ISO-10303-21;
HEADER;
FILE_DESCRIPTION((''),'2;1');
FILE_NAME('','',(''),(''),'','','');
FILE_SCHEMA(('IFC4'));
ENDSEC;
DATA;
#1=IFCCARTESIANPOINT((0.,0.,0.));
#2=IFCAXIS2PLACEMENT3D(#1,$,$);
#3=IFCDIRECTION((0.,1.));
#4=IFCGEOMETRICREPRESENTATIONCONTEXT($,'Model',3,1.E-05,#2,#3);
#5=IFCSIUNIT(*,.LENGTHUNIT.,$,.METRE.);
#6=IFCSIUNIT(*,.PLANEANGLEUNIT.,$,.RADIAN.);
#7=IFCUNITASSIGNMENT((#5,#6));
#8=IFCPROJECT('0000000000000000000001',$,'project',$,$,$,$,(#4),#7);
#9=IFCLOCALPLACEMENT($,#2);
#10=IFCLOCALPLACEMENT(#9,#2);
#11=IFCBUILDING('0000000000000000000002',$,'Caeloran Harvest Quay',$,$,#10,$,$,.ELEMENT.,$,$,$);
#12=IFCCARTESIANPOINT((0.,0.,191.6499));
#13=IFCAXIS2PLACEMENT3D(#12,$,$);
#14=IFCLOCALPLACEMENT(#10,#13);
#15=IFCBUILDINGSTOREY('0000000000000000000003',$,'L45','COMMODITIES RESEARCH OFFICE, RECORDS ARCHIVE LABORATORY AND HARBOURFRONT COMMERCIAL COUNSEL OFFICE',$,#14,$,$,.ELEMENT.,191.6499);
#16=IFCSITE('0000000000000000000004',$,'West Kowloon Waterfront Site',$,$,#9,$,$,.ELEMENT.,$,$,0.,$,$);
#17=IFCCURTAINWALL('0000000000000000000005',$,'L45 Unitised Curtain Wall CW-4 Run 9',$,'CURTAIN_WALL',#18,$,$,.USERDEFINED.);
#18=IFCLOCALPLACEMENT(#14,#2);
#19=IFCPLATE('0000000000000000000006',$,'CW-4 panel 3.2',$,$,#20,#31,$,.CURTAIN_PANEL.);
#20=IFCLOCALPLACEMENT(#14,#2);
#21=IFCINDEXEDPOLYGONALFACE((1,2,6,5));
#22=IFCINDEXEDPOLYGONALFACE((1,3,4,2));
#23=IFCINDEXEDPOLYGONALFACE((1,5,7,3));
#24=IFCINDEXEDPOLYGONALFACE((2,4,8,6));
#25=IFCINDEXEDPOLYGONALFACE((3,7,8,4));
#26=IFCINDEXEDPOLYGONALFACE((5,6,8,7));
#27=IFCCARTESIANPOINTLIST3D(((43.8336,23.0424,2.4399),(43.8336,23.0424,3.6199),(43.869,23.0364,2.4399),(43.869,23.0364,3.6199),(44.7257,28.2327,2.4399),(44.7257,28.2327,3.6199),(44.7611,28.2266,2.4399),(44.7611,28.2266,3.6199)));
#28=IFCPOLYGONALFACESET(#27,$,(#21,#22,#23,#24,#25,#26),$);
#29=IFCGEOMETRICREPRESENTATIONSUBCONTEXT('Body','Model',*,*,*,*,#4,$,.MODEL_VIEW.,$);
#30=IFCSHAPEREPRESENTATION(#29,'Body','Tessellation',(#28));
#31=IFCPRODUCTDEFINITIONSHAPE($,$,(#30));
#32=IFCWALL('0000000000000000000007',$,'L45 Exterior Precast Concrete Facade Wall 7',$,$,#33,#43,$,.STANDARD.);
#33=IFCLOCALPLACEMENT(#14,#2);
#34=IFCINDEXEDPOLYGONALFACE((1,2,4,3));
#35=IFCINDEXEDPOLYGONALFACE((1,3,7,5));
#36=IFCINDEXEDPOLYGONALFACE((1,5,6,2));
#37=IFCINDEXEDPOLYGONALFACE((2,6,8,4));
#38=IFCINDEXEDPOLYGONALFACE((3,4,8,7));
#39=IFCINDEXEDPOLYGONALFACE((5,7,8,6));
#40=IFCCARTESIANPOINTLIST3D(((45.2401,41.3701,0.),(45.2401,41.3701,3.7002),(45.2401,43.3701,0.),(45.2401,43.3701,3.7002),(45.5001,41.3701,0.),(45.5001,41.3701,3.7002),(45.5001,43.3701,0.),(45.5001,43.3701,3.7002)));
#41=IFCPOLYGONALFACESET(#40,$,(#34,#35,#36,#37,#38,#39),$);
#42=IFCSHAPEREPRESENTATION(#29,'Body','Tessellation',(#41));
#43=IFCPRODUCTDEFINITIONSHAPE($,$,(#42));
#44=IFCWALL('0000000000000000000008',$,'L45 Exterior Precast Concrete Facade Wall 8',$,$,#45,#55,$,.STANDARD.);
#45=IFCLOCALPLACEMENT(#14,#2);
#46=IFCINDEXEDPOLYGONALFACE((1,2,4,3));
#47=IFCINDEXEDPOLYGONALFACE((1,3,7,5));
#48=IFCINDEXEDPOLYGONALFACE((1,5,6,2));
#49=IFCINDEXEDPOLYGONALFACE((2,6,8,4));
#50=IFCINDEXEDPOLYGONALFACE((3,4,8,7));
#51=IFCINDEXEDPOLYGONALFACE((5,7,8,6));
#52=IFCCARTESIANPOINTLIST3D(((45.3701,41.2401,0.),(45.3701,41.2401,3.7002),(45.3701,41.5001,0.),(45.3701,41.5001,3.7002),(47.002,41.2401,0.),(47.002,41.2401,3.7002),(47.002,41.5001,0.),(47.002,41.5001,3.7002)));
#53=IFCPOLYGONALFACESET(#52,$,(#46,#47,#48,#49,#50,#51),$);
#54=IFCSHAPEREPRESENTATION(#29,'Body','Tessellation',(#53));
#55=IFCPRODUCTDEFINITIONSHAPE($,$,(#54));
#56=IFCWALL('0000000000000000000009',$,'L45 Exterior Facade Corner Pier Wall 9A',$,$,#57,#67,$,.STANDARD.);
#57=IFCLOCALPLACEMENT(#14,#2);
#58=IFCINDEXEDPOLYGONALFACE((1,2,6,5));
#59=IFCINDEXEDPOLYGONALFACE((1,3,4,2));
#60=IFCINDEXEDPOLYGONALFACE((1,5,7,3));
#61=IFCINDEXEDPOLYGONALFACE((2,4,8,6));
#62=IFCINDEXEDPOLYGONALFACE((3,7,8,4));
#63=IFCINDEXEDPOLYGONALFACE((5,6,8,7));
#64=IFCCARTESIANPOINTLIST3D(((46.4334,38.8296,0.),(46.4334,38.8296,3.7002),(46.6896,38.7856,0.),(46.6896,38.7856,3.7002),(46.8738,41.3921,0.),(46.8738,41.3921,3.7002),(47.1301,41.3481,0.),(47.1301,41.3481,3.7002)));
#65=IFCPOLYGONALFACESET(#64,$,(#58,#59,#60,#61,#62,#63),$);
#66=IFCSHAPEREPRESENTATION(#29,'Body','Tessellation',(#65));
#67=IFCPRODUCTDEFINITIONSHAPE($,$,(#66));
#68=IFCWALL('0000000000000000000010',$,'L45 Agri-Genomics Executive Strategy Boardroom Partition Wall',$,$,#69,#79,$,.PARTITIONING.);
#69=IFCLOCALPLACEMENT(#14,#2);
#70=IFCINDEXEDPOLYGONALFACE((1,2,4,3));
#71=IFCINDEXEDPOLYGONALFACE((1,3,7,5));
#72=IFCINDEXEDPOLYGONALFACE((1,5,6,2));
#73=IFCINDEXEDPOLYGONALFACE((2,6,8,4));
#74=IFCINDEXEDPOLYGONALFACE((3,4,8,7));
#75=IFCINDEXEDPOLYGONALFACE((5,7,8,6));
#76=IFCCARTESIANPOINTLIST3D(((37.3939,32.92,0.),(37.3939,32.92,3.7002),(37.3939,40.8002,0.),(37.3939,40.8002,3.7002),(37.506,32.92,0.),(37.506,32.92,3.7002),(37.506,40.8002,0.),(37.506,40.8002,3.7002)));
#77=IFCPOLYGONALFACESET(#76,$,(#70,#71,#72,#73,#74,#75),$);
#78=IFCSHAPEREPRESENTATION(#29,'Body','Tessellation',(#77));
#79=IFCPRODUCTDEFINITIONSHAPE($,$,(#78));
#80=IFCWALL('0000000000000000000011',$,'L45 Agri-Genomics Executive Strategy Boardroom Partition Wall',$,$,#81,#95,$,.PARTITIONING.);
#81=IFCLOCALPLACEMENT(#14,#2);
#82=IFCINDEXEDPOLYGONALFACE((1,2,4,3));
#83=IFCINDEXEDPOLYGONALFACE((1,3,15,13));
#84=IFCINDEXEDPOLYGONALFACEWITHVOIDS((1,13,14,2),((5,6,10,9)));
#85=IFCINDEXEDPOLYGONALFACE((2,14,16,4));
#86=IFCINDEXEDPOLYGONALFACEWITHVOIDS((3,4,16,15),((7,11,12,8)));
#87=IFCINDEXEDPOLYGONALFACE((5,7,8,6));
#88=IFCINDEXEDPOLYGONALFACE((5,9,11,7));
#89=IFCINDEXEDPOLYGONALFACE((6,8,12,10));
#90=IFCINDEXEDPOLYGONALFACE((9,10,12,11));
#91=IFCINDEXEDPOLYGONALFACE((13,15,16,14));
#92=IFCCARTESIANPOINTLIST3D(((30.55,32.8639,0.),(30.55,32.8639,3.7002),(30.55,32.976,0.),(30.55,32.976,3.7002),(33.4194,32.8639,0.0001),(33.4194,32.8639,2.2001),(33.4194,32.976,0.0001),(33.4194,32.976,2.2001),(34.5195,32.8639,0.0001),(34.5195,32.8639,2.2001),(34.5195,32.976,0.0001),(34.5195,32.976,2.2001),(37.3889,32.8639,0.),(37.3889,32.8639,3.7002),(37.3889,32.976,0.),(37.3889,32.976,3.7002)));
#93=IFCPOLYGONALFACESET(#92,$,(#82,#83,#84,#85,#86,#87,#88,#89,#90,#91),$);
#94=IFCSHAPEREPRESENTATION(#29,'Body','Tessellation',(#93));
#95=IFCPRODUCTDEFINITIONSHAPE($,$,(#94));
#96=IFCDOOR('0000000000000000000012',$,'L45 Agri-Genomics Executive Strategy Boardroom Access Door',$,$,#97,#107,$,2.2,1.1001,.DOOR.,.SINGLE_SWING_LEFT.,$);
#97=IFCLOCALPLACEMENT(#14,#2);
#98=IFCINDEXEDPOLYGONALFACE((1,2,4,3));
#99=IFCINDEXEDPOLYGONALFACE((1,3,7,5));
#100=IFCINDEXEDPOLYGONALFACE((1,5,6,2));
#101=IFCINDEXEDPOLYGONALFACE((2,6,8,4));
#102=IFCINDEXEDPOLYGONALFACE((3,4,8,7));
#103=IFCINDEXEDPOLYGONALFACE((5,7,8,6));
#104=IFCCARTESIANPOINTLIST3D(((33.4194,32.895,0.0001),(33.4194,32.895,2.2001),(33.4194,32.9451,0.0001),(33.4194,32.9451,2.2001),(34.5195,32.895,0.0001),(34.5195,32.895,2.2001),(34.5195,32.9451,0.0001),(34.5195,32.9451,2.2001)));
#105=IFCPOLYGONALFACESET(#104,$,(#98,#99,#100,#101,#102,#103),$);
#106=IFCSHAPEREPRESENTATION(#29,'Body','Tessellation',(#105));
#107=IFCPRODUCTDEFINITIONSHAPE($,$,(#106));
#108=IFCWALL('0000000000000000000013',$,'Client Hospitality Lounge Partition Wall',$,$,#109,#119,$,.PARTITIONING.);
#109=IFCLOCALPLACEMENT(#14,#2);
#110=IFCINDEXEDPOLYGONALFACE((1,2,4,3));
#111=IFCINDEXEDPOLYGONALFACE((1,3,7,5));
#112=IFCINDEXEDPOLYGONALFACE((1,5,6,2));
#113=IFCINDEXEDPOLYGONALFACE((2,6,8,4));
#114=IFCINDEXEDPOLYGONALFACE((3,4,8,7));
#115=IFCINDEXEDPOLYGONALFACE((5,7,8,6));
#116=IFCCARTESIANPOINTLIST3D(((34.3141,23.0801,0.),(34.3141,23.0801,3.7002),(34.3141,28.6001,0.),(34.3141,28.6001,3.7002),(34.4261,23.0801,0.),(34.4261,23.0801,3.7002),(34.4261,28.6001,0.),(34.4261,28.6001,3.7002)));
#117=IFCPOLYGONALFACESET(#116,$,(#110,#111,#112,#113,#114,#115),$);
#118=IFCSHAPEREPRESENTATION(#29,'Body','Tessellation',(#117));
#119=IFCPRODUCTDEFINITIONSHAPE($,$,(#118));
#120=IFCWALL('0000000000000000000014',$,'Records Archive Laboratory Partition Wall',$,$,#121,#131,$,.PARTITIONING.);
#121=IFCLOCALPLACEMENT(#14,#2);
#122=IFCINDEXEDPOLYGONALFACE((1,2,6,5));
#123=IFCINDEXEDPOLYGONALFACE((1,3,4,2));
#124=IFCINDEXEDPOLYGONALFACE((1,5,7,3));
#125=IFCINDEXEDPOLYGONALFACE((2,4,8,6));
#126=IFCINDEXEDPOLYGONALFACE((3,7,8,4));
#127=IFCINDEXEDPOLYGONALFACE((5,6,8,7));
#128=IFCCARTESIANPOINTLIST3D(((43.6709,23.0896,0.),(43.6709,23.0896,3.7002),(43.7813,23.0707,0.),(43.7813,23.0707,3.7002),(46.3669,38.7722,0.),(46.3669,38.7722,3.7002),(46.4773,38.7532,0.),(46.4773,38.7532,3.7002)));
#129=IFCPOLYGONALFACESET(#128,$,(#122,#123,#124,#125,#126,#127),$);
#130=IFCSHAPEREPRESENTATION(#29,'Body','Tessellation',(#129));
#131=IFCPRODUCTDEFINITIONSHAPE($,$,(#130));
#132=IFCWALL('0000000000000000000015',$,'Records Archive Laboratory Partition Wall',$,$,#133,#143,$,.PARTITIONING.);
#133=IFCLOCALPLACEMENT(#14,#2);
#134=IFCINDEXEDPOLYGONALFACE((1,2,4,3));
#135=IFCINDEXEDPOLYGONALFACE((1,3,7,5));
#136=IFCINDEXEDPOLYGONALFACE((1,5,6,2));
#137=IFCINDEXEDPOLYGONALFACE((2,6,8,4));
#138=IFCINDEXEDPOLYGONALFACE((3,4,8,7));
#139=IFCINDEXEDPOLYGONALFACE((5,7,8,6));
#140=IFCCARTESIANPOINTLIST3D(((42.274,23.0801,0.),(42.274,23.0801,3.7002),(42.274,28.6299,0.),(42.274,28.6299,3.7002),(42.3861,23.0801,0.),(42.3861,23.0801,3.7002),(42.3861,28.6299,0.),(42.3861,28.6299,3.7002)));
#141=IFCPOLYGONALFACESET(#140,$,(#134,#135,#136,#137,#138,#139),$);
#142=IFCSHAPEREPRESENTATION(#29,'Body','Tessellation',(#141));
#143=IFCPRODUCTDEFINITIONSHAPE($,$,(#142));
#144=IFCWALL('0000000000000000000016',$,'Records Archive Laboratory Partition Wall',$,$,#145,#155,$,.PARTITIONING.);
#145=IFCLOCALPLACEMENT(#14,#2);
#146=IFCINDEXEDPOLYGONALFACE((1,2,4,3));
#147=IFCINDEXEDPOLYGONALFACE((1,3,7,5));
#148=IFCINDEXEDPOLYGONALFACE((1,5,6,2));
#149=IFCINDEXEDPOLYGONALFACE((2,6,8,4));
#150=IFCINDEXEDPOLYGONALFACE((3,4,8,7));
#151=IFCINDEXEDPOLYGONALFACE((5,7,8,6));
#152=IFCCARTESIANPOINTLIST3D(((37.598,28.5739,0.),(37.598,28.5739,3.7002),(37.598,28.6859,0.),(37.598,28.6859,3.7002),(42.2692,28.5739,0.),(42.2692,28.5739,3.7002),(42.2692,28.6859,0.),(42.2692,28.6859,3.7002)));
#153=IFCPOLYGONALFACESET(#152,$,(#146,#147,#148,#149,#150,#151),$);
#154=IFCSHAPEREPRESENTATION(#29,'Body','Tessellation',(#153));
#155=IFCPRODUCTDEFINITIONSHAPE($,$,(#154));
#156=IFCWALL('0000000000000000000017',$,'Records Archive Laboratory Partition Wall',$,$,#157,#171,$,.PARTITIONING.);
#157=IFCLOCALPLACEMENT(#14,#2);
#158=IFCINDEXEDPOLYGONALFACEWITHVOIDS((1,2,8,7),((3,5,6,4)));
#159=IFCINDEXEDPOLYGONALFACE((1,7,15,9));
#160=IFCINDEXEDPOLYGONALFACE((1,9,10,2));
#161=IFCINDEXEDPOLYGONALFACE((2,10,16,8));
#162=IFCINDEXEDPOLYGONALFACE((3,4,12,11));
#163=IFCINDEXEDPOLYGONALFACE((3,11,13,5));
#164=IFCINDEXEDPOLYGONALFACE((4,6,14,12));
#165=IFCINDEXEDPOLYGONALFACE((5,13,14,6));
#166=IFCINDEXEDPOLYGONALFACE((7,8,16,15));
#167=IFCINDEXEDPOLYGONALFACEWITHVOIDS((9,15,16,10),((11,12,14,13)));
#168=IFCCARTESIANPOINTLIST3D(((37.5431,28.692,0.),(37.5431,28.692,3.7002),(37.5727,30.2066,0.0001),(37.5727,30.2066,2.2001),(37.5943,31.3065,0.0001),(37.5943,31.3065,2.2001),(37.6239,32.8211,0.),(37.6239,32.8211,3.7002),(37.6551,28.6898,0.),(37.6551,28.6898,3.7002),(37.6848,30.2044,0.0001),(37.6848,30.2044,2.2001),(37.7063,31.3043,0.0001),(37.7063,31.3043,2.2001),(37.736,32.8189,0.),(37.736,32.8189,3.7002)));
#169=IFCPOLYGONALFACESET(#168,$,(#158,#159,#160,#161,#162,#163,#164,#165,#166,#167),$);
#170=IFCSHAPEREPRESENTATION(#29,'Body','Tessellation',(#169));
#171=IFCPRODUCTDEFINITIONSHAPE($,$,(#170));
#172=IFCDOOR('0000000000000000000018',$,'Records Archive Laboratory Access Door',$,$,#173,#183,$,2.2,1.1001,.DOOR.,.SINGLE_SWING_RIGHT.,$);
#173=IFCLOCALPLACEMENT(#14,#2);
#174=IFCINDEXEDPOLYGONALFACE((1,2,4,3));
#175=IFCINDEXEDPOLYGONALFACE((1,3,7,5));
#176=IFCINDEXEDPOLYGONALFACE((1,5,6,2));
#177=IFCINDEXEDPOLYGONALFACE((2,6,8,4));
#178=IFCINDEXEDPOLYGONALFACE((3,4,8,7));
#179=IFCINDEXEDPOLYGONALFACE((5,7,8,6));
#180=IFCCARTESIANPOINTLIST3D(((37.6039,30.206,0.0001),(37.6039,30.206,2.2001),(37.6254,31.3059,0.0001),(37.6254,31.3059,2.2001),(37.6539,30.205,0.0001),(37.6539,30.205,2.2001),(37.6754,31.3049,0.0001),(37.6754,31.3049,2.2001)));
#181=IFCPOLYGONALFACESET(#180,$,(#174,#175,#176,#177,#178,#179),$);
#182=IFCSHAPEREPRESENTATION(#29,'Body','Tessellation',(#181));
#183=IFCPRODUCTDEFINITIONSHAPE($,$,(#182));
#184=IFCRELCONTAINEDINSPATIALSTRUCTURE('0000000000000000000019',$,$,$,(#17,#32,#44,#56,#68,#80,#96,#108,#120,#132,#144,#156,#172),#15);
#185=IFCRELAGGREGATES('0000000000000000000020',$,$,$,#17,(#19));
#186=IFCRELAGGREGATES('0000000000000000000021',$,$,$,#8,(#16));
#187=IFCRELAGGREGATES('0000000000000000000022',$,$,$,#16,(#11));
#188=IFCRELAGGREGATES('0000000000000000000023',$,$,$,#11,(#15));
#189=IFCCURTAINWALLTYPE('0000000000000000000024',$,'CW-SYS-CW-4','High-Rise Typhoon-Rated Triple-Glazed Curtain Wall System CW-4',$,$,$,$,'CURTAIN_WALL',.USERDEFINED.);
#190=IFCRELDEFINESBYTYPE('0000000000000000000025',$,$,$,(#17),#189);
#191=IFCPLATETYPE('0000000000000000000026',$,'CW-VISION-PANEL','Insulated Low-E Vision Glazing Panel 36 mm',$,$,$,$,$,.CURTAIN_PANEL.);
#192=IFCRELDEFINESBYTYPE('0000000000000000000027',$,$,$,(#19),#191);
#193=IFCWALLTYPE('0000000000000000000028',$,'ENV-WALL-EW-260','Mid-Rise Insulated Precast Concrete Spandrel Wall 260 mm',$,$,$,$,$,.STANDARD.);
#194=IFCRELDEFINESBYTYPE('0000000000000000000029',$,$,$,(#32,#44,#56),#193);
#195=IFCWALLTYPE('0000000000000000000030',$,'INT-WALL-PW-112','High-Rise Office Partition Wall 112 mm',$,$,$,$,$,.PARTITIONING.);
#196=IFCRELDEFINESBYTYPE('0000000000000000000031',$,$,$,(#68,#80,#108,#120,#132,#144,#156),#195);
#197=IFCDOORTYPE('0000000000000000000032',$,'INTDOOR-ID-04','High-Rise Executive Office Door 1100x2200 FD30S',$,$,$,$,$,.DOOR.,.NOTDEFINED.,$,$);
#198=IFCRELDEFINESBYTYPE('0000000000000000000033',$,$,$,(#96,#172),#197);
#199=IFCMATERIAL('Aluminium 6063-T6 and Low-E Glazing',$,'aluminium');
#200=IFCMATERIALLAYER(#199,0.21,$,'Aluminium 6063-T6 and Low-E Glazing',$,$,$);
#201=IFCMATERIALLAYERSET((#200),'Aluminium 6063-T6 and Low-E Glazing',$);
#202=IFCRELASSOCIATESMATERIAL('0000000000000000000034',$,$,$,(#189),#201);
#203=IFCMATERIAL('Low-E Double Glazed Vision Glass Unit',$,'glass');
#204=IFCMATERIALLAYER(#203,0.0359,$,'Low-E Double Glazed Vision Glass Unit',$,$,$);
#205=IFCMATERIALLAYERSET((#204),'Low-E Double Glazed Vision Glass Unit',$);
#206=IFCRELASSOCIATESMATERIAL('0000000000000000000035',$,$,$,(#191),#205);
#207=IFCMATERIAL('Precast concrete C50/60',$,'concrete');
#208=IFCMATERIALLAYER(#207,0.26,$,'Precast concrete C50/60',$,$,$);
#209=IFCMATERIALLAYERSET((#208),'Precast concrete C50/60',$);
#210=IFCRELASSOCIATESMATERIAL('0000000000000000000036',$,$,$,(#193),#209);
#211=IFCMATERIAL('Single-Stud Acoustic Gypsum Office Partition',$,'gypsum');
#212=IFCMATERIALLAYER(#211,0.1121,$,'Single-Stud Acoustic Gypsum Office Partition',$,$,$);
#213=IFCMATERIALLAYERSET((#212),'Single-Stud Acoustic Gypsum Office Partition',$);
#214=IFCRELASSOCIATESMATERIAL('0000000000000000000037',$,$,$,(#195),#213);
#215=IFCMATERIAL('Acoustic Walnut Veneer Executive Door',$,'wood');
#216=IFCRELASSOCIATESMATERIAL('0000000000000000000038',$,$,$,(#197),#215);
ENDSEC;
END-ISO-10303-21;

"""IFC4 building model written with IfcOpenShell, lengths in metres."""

from ifc_helpers import new_model, si_unit, direction, frame, frame_2d, origin, origin_2d, place, context, subcontext, project, spatial, rectangle, extrude, material, layer, layer_set, type_object, element, fill, aggregate, save


model = new_model("IFC4")

# Units and contexts
model_context = context("Model", 3, precision=1e-05, world=origin(), true_north=direction((0.0, 1.0)))
body_context = subcontext(model_context, "Body", "Model", "MODEL_VIEW")
ifc_project = project(units=[si_unit("LENGTHUNIT", "METRE"), si_unit("PLANEANGLEUNIT", "RADIAN")], contexts=[model_context])

# Site, building, storey
site_placement = place(None, origin())
site = spatial("IfcSite", under=ifc_project, at=site_placement, Name="West Kowloon Waterfront Site", CompositionType="ELEMENT", RefElevation=0.0)
building_placement = place(site_placement, origin())
building = spatial("IfcBuilding", under=site, at=building_placement, Name="Caeloran Harvest Quay", CompositionType="ELEMENT")
storey_placement = place(building_placement, frame((0.0, 0.0, 191.6499)))
storey = spatial("IfcBuildingStorey", under=building, at=storey_placement, Name="L45", Description="COMMODITIES RESEARCH OFFICE, RECORDS ARCHIVE LABORATORY AND HARBOURFRONT COMMERCIAL COUNSEL OFFICE", CompositionType="ELEMENT", Elevation=191.6499)

# Curtain wall, plate
ifc_material_1 = material(Name="Aluminium 6063-T6 and Low-E Glazing", Category="aluminium")
ifc_layer_1 = layer(ifc_material_1, 0.21, Name="Aluminium 6063-T6 and Low-E Glazing")
ifc_layer_set_1 = layer_set([ifc_layer_1], Name="Aluminium 6063-T6 and Low-E Glazing")
curtain_wall_type = type_object("IfcCurtainWallType", Name="CW-SYS-CW-4", Description="High-Rise Typhoon-Rated Triple-Glazed Curtain Wall System CW-4", ElementType="CURTAIN_WALL", PredefinedType="USERDEFINED", material=ifc_layer_set_1)
curtain_wall_placement = place(storey_placement, origin())
curtain_wall = element("IfcCurtainWall", 1, at=curtain_wall_placement, inside=storey, type_object=curtain_wall_type, Name="L45 Unitised Curtain Wall CW-4 Run 9", ObjectType="CURTAIN_WALL", PredefinedType="USERDEFINED")
ifc_material_2 = material(Name="Low-E Double Glazed Vision Glass Unit", Category="glass")
ifc_layer_2 = layer(ifc_material_2, 0.0359, Name="Low-E Double Glazed Vision Glass Unit")
ifc_layer_set_2 = layer_set([ifc_layer_2], Name="Low-E Double Glazed Vision Glass Unit")
plate_type = type_object("IfcPlateType", Name="CW-VISION-PANEL", Description="Insulated Low-E Vision Glazing Panel 36 mm", PredefinedType="CURTAIN_PANEL", material=ifc_layer_set_2)
plate_1_placement = place(storey_placement, frame((44.2974, 25.6345, 2.4399), z_axis=(0.0, 0.0, 1.0), x_axis=(-0.169392, -0.985549, 0.0)))
plate_1 = element("IfcPlate", 2, at=plate_1_placement, type_object=plate_type, Name="CW-4 panel 3.2", PredefinedType="CURTAIN_PANEL", context=body_context, shape_type="SweptSolid", body=[
    extrude(rectangle(XDim=5.2664, YDim=0.0359, at=origin_2d()), origin(), (0.0, 0.0, 1.0), 1.1799),
])
aggregate(curtain_wall, [plate_1])

# Walls
ifc_material_3 = material(Name="Precast concrete C50/60", Category="concrete")
ifc_layer_3 = layer(ifc_material_3, 0.26, Name="Precast concrete C50/60")
ifc_layer_set_3 = layer_set([ifc_layer_3], Name="Precast concrete C50/60")
wall_type_1 = type_object("IfcWallType", Name="ENV-WALL-EW-260", Description="Mid-Rise Insulated Precast Concrete Spandrel Wall 260 mm", PredefinedType="STANDARD", material=ifc_layer_set_3)
wall_1_placement = place(storey_placement, frame((45.3701, 43.3701, 0.0), z_axis=(0.0, 0.0, 1.0), x_axis=(0.0, -1.0, 0.0)))
element("IfcWall", 3, at=wall_1_placement, inside=storey, type_object=wall_type_1, Name="L45 Exterior Precast Concrete Facade Wall 7", PredefinedType="STANDARD", context=body_context, shape_type="SweptSolid", body=[
    extrude(rectangle(XDim=2.0, YDim=0.26, at=frame_2d((1.0, 0.0))), origin(), (0.0, 0.0, 1.0), 3.7002),
])
wall_2_placement = place(storey_placement, frame((45.3701, 41.3701, 0.0), z_axis=(0.0, 0.0, 1.0), x_axis=(1.0, 0.0, 0.0)))
element("IfcWall", 4, at=wall_2_placement, inside=storey, type_object=wall_type_1, Name="L45 Exterior Precast Concrete Facade Wall 8", PredefinedType="STANDARD", context=body_context, shape_type="SweptSolid", body=[
    extrude(rectangle(XDim=1.6318, YDim=0.26, at=frame_2d((0.8159, 0.0))), origin(), (0.0, 0.0, 1.0), 3.7002),
])
wall_3_placement = place(storey_placement, frame((47.002, 41.3701, 0.0), z_axis=(0.0, 0.0, 1.0), x_axis=(-0.169391, -0.985549, 0.0)))
element("IfcWall", 5, at=wall_3_placement, inside=storey, type_object=wall_type_1, Name="L45 Exterior Facade Corner Pier Wall 9A", PredefinedType="STANDARD", context=body_context, shape_type="SweptSolid", body=[
    extrude(rectangle(XDim=2.6001, YDim=0.26, at=frame_2d((1.3, 0.0))), origin(), (0.0, 0.0, 1.0), 3.7002),
])
ifc_material_4 = material(Name="Single-Stud Acoustic Gypsum Office Partition", Category="gypsum")
ifc_layer_4 = layer(ifc_material_4, 0.1121, Name="Single-Stud Acoustic Gypsum Office Partition")
ifc_layer_set_4 = layer_set([ifc_layer_4], Name="Single-Stud Acoustic Gypsum Office Partition")
wall_type_2 = type_object("IfcWallType", Name="INT-WALL-PW-112", Description="High-Rise Office Partition Wall 112 mm", PredefinedType="PARTITIONING", material=ifc_layer_set_4)
wall_4_placement = place(storey_placement, frame((37.45, 40.8, 0.0), z_axis=(0.0, 0.0, 1.0), x_axis=(0.0, -1.0, 0.0)))
element("IfcWall", 6, at=wall_4_placement, inside=storey, type_object=wall_type_2, Name="L45 Agri-Genomics Executive Strategy Boardroom Partition Wall", PredefinedType="PARTITIONING", context=body_context, shape_type="SweptSolid", body=[
    extrude(rectangle(XDim=7.8801, YDim=0.1121, at=frame_2d((3.9399, 0.0))), origin(), (0.0, 0.0, 1.0), 3.7002),
])

# Wall, opening, door
wall_5_placement = place(storey_placement, frame((37.3889, 32.9199, 0.0), z_axis=(0.0, 0.0, 1.0), x_axis=(-1.0, 0.0, 0.0)))
wall_5 = element("IfcWall", 7, at=wall_5_placement, inside=storey, type_object=wall_type_2, Name="L45 Agri-Genomics Executive Strategy Boardroom Partition Wall", PredefinedType="PARTITIONING", context=body_context, shape_type="SweptSolid", body=[
    extrude(rectangle(XDim=6.8389, YDim=0.1121, at=frame_2d((3.4194, 0.0))), origin(), (0.0, 0.0, 1.0), 3.7002),
])
opening_1_placement = place(wall_5_placement, frame((2.8694, 0.0, 0.0)))
opening_1 = element("IfcOpeningElement", 8, at=opening_1_placement, cuts=wall_5, PredefinedType="OPENING", context=body_context, shape_type="SweptSolid", body=[
    extrude(rectangle(XDim=1.1001, YDim=2.2, at=frame_2d((0.55, 1.1001))), frame((0.0, 0.0659, 0.0), z_axis=(0.0, -1.0, 0.0), x_axis=(1.0, 0.0, 0.0)), (0.0, 0.0, 1.0), 0.1321),
])
ifc_material_5 = material(Name="Acoustic Walnut Veneer Executive Door", Category="wood")
door_type = type_object("IfcDoorType", Name="INTDOOR-ID-04", Description="High-Rise Executive Office Door 1100x2200 FD30S", OperationType="NOTDEFINED", PredefinedType="DOOR", material=ifc_material_5)
door_1_placement = place(opening_1_placement, origin())
door_1 = element("IfcDoor", 9, at=door_1_placement, inside=storey, type_object=door_type, Name="L45 Agri-Genomics Executive Strategy Boardroom Access Door", OperationType="SINGLE_SWING_LEFT", OverallHeight=2.2, OverallWidth=1.1001, PredefinedType="DOOR", context=body_context, shape_type="SweptSolid", body=[
    extrude(rectangle(XDim=1.1001, YDim=2.2, at=frame_2d((0.55, 1.1001))), frame((0.0, 0.0249, 0.0), z_axis=(0.0, -1.0, 0.0), x_axis=(1.0, 0.0, 0.0)), (0.0, 0.0, 1.0), 0.05),
])
fill(opening_1, door_1)

# Walls
wall_6_placement = place(storey_placement, frame((34.3701, 28.6001, 0.0), z_axis=(0.0, 0.0, 1.0), x_axis=(0.0, -1.0, 0.0)))
element("IfcWall", 10, at=wall_6_placement, inside=storey, type_object=wall_type_2, Name="Client Hospitality Lounge Partition Wall", PredefinedType="PARTITIONING", context=body_context, shape_type="SweptSolid", body=[
    extrude(rectangle(XDim=5.52, YDim=0.1121, at=frame_2d((2.76, 0.0))), origin(), (0.0, 0.0, 1.0), 3.7002),
])
wall_7_placement = place(storey_placement, frame((46.4221, 38.7627, 0.0), z_axis=(0.0, 0.0, 1.0), x_axis=(-0.169428, -0.985543, 0.0)))
element("IfcWall", 11, at=wall_7_placement, inside=storey, type_object=wall_type_2, Name="Records Archive Laboratory Partition Wall", PredefinedType="PARTITIONING", context=body_context, shape_type="SweptSolid", body=[
    extrude(rectangle(XDim=15.9126, YDim=0.1121, at=frame_2d((7.9563, 0.0))), origin(), (0.0, 0.0, 1.0), 3.7002),
])
wall_8_placement = place(storey_placement, frame((42.3301, 23.0801, 0.0), z_axis=(0.0, 0.0, 1.0), x_axis=(0.0, 1.0, 0.0)))
element("IfcWall", 12, at=wall_8_placement, inside=storey, type_object=wall_type_2, Name="Records Archive Laboratory Partition Wall", PredefinedType="PARTITIONING", context=body_context, shape_type="SweptSolid", body=[
    extrude(rectangle(XDim=5.5498, YDim=0.1121, at=frame_2d((2.7749, 0.0))), origin(), (0.0, 0.0, 1.0), 3.7002),
])
wall_9_placement = place(storey_placement, frame((42.269, 28.6299, 0.0), z_axis=(0.0, 0.0, 1.0), x_axis=(-1.0, 0.0, 0.0)))
element("IfcWall", 13, at=wall_9_placement, inside=storey, type_object=wall_type_2, Name="Records Archive Laboratory Partition Wall", PredefinedType="PARTITIONING", context=body_context, shape_type="SweptSolid", body=[
    extrude(rectangle(XDim=4.6711, YDim=0.1121, at=frame_2d((2.3354, 0.0))), origin(), (0.0, 0.0, 1.0), 3.7002),
])

# Wall, opening, door
wall_10_placement = place(storey_placement, frame((37.5991, 28.6909, 0.0), z_axis=(0.0, 0.0, 1.0), x_axis=(0.019567, 0.999809, 0.0)))
wall_10 = element("IfcWall", 14, at=wall_10_placement, inside=storey, type_object=wall_type_2, Name="Records Archive Laboratory Partition Wall", PredefinedType="PARTITIONING", context=body_context, shape_type="SweptSolid", body=[
    extrude(rectangle(XDim=4.1299, YDim=0.1121, at=frame_2d((2.0649, 0.0))), origin(), (0.0, 0.0, 1.0), 3.7002),
])
opening_2_placement = place(wall_10_placement, frame((1.5149, 0.0, 0.0)))
opening_2 = element("IfcOpeningElement", 15, at=opening_2_placement, cuts=wall_10, PredefinedType="OPENING", context=body_context, shape_type="SweptSolid", body=[
    extrude(rectangle(XDim=1.1001, YDim=2.2, at=frame_2d((0.55, 1.1001))), frame((0.0, 0.0659, 0.0), z_axis=(0.0, -1.0, 0.0), x_axis=(1.0, 0.0, 0.0)), (0.0, 0.0, 1.0), 0.1321),
])
door_2_placement = place(opening_2_placement, origin())
door_2 = element("IfcDoor", 16, at=door_2_placement, inside=storey, type_object=door_type, Name="Records Archive Laboratory Access Door", OperationType="SINGLE_SWING_RIGHT", OverallHeight=2.2, OverallWidth=1.1001, PredefinedType="DOOR", context=body_context, shape_type="SweptSolid", body=[
    extrude(rectangle(XDim=1.1001, YDim=2.2, at=frame_2d((0.55, 1.1001))), frame((0.0, 0.0249, 0.0), z_axis=(0.0, -1.0, 0.0), x_axis=(1.0, 0.0, 0.0)), (0.0, 0.0, 1.0), 0.05),
])
fill(opening_2, door_2)

save(model, "model.ifc")
